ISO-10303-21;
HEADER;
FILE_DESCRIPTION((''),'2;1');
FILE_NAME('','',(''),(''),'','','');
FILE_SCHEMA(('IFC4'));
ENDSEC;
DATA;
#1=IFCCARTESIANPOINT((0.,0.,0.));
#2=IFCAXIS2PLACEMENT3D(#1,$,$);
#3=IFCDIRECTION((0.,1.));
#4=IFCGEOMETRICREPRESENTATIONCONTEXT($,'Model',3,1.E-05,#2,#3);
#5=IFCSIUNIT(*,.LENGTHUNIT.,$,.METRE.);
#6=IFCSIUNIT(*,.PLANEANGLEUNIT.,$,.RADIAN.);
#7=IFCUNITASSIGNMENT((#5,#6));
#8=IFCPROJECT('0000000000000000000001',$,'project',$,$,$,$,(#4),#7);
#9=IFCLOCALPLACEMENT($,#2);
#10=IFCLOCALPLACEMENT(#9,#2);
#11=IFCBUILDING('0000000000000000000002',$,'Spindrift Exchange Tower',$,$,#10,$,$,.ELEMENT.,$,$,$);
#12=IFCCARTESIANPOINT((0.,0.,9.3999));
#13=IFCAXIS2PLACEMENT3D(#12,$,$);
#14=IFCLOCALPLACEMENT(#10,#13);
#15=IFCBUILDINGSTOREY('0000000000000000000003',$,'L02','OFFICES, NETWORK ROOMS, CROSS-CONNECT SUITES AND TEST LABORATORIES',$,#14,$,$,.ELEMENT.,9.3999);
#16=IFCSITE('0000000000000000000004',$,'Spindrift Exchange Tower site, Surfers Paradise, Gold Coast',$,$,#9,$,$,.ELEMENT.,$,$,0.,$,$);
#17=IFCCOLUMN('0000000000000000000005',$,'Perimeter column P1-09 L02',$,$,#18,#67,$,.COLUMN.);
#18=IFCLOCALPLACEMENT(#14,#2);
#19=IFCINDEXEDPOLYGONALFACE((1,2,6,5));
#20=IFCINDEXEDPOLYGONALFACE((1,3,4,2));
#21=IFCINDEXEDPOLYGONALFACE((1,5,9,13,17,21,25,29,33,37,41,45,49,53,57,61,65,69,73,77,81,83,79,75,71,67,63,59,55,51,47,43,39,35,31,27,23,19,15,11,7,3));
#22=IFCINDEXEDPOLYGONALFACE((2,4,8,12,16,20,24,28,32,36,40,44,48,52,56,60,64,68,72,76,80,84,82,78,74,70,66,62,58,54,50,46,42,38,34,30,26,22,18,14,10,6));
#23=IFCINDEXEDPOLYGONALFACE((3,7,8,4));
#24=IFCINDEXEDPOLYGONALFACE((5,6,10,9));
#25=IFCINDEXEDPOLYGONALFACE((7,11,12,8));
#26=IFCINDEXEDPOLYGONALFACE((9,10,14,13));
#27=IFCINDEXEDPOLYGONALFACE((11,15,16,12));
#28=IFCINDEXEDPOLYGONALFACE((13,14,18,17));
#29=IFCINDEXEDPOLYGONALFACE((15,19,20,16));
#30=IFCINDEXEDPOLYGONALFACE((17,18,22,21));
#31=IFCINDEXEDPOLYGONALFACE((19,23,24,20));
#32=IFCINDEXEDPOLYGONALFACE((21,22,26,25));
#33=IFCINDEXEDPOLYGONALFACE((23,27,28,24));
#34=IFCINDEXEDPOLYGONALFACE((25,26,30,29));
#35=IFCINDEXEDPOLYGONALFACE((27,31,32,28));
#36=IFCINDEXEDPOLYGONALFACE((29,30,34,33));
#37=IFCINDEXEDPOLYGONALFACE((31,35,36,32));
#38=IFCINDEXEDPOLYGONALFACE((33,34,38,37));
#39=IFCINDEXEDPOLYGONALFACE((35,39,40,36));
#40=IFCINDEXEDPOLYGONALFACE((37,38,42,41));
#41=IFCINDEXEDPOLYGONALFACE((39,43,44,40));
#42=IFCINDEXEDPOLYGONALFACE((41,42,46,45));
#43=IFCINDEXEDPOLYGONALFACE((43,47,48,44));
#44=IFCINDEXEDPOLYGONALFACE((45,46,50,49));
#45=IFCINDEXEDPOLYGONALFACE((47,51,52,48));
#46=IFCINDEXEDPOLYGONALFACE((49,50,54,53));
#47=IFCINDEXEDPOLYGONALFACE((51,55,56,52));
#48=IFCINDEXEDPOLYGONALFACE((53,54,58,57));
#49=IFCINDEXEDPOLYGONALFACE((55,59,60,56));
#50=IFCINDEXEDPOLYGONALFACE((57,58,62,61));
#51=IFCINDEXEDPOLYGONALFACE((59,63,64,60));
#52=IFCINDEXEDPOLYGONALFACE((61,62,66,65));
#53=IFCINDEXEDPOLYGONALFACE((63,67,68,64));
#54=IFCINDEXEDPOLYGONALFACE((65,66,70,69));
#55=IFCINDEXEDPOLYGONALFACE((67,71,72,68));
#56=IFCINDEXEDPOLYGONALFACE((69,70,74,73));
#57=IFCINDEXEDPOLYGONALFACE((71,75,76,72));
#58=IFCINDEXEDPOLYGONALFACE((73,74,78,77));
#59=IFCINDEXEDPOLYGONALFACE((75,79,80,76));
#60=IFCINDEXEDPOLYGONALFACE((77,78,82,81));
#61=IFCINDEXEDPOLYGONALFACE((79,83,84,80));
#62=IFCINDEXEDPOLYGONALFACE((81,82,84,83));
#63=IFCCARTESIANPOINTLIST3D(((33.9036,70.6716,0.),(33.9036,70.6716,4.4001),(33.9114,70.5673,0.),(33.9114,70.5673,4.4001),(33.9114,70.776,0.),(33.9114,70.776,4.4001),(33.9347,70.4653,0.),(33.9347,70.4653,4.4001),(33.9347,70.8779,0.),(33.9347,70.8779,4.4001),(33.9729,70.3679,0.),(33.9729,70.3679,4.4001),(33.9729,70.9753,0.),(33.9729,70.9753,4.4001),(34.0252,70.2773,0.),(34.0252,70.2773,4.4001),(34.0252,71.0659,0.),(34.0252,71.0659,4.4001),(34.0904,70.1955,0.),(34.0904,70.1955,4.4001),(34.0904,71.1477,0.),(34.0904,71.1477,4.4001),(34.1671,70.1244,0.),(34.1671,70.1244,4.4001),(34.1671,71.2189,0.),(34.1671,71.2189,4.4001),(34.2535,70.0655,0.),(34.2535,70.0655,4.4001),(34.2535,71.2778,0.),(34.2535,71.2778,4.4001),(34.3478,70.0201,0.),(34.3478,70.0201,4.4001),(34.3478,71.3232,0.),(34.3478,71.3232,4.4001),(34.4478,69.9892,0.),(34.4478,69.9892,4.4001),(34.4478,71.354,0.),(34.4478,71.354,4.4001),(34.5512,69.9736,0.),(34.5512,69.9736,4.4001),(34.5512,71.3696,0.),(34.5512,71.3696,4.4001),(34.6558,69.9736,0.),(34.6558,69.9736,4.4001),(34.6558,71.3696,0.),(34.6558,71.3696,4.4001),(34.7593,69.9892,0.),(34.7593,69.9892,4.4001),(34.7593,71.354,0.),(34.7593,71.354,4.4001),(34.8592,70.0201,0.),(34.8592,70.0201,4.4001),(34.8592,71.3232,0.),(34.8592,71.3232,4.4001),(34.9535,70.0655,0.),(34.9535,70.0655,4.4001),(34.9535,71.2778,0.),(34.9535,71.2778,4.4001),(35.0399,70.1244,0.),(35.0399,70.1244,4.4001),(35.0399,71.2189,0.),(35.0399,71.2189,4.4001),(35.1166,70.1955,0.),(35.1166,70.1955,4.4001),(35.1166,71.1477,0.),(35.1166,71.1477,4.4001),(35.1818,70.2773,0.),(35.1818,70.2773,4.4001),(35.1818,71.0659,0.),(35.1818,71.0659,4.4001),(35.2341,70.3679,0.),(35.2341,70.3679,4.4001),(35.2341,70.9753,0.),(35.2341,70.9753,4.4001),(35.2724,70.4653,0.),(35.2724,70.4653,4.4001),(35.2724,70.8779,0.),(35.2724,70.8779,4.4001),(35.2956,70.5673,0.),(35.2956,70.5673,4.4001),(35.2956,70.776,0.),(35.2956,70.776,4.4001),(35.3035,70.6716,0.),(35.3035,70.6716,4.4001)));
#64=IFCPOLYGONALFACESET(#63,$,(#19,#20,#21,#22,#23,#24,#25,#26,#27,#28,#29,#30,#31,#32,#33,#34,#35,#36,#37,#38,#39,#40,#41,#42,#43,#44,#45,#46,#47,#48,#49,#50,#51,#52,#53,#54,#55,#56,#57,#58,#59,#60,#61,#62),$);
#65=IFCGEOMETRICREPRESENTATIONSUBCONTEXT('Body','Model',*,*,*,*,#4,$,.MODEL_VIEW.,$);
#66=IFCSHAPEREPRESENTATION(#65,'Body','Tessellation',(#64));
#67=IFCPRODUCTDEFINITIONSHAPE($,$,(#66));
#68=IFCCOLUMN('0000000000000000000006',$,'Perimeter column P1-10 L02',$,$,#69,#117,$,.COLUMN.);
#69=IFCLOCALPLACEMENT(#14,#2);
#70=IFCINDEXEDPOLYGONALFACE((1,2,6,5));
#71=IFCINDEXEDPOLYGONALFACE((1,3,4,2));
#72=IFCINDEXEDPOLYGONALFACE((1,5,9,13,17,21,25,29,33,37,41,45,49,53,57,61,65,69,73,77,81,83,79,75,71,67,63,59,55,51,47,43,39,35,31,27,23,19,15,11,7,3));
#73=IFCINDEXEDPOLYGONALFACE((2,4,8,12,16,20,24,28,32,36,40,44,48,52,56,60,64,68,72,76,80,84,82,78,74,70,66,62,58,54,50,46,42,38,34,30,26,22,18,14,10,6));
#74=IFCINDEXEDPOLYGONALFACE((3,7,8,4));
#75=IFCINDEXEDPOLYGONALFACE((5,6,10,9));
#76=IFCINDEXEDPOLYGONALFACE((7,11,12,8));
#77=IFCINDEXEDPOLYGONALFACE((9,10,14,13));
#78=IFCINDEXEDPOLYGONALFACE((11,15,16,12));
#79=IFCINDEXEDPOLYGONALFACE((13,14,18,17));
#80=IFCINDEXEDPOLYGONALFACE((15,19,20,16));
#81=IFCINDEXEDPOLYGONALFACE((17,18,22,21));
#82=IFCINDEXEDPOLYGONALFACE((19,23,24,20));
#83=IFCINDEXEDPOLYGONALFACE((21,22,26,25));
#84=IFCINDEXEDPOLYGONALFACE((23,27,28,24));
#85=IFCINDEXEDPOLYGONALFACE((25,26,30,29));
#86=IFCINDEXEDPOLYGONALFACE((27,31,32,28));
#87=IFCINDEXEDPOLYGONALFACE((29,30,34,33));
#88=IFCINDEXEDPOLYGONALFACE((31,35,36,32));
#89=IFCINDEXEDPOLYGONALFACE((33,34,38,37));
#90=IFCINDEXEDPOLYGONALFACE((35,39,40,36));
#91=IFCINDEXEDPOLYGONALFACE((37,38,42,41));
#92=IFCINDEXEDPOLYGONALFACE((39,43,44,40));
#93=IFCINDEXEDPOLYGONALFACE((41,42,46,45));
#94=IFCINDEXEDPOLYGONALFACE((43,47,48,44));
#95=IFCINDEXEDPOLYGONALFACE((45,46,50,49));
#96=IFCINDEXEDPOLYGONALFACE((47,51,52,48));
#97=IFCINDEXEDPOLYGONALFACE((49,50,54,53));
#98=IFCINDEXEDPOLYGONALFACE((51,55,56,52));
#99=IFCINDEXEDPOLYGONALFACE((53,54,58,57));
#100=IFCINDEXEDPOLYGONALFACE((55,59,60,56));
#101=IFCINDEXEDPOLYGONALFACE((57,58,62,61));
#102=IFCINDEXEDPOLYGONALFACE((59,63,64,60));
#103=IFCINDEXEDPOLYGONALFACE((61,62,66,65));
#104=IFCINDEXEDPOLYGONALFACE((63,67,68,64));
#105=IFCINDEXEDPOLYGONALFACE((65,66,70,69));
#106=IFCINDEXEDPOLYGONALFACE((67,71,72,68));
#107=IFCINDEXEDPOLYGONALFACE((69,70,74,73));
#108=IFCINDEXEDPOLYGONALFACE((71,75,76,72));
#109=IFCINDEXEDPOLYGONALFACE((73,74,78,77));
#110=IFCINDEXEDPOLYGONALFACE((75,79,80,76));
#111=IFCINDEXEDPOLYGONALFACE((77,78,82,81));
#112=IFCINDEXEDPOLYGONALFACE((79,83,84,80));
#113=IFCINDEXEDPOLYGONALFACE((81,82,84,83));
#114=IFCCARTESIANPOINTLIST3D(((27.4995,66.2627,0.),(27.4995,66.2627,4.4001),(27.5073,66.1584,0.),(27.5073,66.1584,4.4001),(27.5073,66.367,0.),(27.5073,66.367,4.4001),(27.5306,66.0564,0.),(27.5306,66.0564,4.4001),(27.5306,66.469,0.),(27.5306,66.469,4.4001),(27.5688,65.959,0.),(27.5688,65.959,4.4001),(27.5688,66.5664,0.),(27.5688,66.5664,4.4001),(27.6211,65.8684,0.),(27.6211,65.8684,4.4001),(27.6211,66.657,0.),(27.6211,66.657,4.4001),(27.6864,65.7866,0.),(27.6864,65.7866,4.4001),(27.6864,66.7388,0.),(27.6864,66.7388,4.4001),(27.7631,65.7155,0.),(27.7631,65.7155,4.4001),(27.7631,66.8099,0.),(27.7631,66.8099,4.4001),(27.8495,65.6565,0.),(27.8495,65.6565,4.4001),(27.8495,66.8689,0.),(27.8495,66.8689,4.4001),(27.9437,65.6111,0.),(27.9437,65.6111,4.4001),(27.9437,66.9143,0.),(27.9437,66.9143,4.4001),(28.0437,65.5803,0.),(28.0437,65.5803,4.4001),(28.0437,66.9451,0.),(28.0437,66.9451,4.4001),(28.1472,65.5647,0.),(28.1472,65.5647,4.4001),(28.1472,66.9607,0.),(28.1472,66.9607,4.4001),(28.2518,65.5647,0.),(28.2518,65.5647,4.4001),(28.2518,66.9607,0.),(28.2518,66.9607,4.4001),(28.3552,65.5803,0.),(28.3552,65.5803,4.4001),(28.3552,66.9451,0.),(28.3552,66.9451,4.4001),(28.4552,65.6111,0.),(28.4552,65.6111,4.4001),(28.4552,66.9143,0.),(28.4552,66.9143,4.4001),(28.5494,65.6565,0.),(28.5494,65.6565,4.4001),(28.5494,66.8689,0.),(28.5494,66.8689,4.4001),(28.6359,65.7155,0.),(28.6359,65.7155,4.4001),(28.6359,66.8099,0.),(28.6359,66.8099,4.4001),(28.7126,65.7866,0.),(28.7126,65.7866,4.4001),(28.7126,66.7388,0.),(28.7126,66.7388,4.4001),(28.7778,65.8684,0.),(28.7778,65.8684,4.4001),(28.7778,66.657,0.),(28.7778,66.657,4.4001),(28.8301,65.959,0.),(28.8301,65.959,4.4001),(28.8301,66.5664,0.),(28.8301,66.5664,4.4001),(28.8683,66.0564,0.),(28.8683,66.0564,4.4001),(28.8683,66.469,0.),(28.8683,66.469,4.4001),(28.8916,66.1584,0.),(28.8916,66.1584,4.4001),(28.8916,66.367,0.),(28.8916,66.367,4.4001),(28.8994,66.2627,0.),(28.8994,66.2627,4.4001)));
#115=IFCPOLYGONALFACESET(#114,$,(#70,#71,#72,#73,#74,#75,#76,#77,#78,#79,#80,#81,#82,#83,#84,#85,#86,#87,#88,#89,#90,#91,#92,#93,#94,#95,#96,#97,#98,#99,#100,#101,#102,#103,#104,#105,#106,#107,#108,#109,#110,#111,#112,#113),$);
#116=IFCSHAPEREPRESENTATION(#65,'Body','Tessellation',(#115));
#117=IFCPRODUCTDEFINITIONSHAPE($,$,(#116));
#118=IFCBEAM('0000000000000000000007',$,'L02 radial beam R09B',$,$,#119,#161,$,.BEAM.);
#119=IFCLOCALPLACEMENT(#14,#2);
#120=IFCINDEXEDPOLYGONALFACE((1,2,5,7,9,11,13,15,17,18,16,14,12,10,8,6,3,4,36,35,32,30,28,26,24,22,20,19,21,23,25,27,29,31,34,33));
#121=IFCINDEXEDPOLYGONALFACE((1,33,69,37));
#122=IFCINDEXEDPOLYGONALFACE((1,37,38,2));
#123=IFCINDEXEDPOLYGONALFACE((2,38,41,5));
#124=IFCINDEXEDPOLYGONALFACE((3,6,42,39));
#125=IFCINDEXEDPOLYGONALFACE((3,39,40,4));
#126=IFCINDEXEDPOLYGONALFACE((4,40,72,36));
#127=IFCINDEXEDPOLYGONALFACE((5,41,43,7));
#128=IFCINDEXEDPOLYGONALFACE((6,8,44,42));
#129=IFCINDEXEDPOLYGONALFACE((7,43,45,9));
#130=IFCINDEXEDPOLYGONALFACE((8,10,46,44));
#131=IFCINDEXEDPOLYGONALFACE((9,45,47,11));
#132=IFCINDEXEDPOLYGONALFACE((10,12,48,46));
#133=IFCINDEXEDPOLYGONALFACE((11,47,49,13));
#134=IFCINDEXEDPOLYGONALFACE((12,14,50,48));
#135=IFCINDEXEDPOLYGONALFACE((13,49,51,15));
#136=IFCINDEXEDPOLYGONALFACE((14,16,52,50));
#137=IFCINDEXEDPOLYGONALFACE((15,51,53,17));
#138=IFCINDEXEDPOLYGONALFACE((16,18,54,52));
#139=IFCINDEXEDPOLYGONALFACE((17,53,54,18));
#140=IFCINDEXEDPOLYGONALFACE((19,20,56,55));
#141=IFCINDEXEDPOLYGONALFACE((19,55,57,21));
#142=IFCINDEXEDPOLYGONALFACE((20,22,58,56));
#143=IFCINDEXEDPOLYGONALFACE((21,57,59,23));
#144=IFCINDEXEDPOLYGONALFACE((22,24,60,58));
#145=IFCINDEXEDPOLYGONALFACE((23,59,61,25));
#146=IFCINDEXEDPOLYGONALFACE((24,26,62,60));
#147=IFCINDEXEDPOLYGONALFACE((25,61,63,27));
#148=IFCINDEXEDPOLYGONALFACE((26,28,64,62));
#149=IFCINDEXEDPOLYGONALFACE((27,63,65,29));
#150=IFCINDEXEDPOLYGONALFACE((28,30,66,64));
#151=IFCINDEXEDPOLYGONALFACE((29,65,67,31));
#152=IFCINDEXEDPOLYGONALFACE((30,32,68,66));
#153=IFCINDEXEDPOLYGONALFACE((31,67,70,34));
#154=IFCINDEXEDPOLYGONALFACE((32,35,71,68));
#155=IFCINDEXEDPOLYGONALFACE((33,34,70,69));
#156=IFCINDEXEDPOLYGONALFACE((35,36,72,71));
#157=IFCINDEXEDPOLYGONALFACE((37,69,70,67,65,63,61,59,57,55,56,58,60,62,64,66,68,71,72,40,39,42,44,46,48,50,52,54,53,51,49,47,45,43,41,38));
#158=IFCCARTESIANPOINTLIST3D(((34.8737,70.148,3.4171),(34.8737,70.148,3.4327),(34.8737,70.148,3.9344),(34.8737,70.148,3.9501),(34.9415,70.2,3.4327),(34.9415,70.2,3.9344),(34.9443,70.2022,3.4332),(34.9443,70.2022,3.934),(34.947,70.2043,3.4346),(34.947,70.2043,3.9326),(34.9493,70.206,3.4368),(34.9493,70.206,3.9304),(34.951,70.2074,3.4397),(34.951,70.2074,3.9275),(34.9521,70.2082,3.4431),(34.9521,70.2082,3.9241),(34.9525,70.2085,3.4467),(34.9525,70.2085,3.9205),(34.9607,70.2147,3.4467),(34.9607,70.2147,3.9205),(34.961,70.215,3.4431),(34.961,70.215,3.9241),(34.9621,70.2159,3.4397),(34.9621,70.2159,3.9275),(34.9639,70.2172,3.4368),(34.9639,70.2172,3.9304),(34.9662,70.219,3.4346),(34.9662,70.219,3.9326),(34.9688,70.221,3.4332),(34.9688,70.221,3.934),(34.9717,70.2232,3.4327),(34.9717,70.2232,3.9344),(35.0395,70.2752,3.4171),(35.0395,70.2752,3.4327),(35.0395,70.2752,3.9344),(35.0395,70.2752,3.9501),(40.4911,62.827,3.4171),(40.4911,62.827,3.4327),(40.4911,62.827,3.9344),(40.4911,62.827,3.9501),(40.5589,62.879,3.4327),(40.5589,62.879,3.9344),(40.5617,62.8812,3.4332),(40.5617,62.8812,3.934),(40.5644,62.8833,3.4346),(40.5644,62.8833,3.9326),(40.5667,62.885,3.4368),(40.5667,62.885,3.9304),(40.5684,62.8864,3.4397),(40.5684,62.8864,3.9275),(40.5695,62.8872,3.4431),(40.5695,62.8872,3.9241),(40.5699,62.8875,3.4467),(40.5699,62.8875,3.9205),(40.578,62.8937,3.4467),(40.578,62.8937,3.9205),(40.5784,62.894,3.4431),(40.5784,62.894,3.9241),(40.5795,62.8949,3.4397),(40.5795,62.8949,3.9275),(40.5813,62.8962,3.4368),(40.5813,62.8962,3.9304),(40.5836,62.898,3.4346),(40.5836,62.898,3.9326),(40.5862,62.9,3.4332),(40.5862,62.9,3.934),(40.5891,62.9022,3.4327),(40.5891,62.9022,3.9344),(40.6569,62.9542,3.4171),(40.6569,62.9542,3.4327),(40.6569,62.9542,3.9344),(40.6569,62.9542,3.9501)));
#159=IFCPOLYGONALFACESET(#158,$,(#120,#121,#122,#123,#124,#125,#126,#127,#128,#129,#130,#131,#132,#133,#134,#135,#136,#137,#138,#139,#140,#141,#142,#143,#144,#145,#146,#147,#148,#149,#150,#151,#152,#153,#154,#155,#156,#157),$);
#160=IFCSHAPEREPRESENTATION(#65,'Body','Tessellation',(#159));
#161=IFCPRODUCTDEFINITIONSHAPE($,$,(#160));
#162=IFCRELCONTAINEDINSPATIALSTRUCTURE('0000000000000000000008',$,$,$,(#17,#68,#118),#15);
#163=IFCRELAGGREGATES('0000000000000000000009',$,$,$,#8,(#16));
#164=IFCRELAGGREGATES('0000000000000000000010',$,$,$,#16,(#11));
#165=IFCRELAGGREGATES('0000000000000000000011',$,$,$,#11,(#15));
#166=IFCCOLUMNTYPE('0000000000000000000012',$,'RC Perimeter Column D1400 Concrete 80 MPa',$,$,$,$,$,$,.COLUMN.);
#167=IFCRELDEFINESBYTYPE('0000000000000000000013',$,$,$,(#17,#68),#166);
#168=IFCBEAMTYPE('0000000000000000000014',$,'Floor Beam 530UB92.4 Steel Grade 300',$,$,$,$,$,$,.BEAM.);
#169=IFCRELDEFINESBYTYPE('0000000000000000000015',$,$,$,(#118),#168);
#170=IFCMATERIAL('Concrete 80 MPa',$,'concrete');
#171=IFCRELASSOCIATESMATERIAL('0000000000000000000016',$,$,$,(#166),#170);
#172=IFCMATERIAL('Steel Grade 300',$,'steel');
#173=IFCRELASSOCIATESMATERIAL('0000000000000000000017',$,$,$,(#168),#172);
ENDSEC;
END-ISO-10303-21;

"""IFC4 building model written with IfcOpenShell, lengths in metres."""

from ifc_helpers import new_model, si_unit, direction, frame, origin, origin_2d, place, context, subcontext, project, spatial, circle, i_section, extrude, source, transform, mapped, material, material_profile, profile_set, type_object, element, save


model = new_model("IFC4")

# Units and contexts
model_context = context("Model", 3, precision=1e-05, world=origin(), true_north=direction((0.0, 1.0)))
body_context = subcontext(model_context, "Body", "Model", "MODEL_VIEW")
ifc_project = project(units=[si_unit("LENGTHUNIT", "METRE"), si_unit("PLANEANGLEUNIT", "RADIAN")], contexts=[model_context])

# Site, building, storey
site_placement = place(None, origin())
site = spatial("IfcSite", under=ifc_project, at=site_placement, Name="Spindrift Exchange Tower site, Surfers Paradise, Gold Coast", CompositionType="ELEMENT", RefElevation=0.0)
building_placement = place(site_placement, origin())
building = spatial("IfcBuilding", under=site, at=building_placement, Name="Spindrift Exchange Tower", CompositionType="ELEMENT")
storey_placement = place(building_placement, frame((0.0, 0.0, 9.3999)))
storey = spatial("IfcBuildingStorey", under=building, at=storey_placement, Name="L02", Description="OFFICES, NETWORK ROOMS, CROSS-CONNECT SUITES AND TEST LABORATORIES", CompositionType="ELEMENT", Elevation=9.3999)

# Columns
ifc_material_1 = material(Name="Concrete 80 MPa", Category="concrete")
ifc_material_profile_1 = material_profile(ifc_material_1, circle(Radius=0.7, at=origin_2d()), Name="RC D1400")
ifc_profile_set_1 = profile_set([ifc_material_profile_1], Name="Concrete 80 MPa")
column_type = type_object("IfcColumnType", Name="RC Perimeter Column D1400 Concrete 80 MPa", PredefinedType="COLUMN", material=ifc_profile_set_1)
shared_shape_1 = source(origin(), body_context, "Body", "SweptSolid", [
    extrude(circle(Radius=0.7, at=origin_2d()), origin(), (0.0, 0.0, 1.0), 4.4001),
])
for number, where, z_axis, x_axis, name in (
    (1, (34.6035, 70.6716, 0.0), (0.0, 0.0, 1.0), (1.0, 0.0, 0.0), "Perimeter column P1-09 L02"),
    (2, (28.1995, 66.2627, 0.0), (0.0, 0.0, 1.0), (1.0, 0.0, 0.0), "Perimeter column P1-10 L02"),
):
    element("IfcColumn", number, at=place(storey_placement, frame(where, z_axis=z_axis, x_axis=x_axis)), inside=storey, type_object=column_type, Name=name, PredefinedType="COLUMN", context=body_context, shape_type="MappedRepresentation", body=[
        mapped(shared_shape_1, transform((0.0, 0.0, 0.0), scale=1.0)),
    ])

# Beam
ifc_material_2 = material(Name="Steel Grade 300", Category="steel")
ifc_material_profile_2 = material_profile(ifc_material_2, i_section(OverallWidth=0.209, OverallDepth=0.533, WebThickness=0.0103, FlangeThickness=0.0156, FilletRadius=0.0139, at=origin_2d()), Name="530UB92.4")
ifc_profile_set_2 = profile_set([ifc_material_profile_2], Name="Steel Grade 300")
beam_type_1 = type_object("IfcBeamType", Name="Floor Beam 530UB92.4 Steel Grade 300", PredefinedType="BEAM", material=ifc_profile_set_2)
shared_shape_2 = source(origin(), body_context, "Body", "SweptSolid", [
    extrude(i_section(OverallWidth=0.209, OverallDepth=0.533, WebThickness=0.0103, FlangeThickness=0.0156, FilletRadius=0.0139, at=origin_2d()), origin(), (0.0, 0.0, 1.0), 9.2278),
])
beam_1_placement = place(storey_placement, frame((40.574, 62.8906, 3.6836), z_axis=(-0.608748, 0.793364, 0.0), x_axis=(-0.793364, -0.608748, 0.0)))
element("IfcBeam", 3, at=beam_1_placement, inside=storey, type_object=beam_type_1, Name="L02 radial beam R09B", PredefinedType="BEAM", context=body_context, shape_type="MappedRepresentation", body=[
    mapped(shared_shape_2, transform((0.0, 0.0, 0.0), scale=1.0)),
])

save(model, "model.ifc")
